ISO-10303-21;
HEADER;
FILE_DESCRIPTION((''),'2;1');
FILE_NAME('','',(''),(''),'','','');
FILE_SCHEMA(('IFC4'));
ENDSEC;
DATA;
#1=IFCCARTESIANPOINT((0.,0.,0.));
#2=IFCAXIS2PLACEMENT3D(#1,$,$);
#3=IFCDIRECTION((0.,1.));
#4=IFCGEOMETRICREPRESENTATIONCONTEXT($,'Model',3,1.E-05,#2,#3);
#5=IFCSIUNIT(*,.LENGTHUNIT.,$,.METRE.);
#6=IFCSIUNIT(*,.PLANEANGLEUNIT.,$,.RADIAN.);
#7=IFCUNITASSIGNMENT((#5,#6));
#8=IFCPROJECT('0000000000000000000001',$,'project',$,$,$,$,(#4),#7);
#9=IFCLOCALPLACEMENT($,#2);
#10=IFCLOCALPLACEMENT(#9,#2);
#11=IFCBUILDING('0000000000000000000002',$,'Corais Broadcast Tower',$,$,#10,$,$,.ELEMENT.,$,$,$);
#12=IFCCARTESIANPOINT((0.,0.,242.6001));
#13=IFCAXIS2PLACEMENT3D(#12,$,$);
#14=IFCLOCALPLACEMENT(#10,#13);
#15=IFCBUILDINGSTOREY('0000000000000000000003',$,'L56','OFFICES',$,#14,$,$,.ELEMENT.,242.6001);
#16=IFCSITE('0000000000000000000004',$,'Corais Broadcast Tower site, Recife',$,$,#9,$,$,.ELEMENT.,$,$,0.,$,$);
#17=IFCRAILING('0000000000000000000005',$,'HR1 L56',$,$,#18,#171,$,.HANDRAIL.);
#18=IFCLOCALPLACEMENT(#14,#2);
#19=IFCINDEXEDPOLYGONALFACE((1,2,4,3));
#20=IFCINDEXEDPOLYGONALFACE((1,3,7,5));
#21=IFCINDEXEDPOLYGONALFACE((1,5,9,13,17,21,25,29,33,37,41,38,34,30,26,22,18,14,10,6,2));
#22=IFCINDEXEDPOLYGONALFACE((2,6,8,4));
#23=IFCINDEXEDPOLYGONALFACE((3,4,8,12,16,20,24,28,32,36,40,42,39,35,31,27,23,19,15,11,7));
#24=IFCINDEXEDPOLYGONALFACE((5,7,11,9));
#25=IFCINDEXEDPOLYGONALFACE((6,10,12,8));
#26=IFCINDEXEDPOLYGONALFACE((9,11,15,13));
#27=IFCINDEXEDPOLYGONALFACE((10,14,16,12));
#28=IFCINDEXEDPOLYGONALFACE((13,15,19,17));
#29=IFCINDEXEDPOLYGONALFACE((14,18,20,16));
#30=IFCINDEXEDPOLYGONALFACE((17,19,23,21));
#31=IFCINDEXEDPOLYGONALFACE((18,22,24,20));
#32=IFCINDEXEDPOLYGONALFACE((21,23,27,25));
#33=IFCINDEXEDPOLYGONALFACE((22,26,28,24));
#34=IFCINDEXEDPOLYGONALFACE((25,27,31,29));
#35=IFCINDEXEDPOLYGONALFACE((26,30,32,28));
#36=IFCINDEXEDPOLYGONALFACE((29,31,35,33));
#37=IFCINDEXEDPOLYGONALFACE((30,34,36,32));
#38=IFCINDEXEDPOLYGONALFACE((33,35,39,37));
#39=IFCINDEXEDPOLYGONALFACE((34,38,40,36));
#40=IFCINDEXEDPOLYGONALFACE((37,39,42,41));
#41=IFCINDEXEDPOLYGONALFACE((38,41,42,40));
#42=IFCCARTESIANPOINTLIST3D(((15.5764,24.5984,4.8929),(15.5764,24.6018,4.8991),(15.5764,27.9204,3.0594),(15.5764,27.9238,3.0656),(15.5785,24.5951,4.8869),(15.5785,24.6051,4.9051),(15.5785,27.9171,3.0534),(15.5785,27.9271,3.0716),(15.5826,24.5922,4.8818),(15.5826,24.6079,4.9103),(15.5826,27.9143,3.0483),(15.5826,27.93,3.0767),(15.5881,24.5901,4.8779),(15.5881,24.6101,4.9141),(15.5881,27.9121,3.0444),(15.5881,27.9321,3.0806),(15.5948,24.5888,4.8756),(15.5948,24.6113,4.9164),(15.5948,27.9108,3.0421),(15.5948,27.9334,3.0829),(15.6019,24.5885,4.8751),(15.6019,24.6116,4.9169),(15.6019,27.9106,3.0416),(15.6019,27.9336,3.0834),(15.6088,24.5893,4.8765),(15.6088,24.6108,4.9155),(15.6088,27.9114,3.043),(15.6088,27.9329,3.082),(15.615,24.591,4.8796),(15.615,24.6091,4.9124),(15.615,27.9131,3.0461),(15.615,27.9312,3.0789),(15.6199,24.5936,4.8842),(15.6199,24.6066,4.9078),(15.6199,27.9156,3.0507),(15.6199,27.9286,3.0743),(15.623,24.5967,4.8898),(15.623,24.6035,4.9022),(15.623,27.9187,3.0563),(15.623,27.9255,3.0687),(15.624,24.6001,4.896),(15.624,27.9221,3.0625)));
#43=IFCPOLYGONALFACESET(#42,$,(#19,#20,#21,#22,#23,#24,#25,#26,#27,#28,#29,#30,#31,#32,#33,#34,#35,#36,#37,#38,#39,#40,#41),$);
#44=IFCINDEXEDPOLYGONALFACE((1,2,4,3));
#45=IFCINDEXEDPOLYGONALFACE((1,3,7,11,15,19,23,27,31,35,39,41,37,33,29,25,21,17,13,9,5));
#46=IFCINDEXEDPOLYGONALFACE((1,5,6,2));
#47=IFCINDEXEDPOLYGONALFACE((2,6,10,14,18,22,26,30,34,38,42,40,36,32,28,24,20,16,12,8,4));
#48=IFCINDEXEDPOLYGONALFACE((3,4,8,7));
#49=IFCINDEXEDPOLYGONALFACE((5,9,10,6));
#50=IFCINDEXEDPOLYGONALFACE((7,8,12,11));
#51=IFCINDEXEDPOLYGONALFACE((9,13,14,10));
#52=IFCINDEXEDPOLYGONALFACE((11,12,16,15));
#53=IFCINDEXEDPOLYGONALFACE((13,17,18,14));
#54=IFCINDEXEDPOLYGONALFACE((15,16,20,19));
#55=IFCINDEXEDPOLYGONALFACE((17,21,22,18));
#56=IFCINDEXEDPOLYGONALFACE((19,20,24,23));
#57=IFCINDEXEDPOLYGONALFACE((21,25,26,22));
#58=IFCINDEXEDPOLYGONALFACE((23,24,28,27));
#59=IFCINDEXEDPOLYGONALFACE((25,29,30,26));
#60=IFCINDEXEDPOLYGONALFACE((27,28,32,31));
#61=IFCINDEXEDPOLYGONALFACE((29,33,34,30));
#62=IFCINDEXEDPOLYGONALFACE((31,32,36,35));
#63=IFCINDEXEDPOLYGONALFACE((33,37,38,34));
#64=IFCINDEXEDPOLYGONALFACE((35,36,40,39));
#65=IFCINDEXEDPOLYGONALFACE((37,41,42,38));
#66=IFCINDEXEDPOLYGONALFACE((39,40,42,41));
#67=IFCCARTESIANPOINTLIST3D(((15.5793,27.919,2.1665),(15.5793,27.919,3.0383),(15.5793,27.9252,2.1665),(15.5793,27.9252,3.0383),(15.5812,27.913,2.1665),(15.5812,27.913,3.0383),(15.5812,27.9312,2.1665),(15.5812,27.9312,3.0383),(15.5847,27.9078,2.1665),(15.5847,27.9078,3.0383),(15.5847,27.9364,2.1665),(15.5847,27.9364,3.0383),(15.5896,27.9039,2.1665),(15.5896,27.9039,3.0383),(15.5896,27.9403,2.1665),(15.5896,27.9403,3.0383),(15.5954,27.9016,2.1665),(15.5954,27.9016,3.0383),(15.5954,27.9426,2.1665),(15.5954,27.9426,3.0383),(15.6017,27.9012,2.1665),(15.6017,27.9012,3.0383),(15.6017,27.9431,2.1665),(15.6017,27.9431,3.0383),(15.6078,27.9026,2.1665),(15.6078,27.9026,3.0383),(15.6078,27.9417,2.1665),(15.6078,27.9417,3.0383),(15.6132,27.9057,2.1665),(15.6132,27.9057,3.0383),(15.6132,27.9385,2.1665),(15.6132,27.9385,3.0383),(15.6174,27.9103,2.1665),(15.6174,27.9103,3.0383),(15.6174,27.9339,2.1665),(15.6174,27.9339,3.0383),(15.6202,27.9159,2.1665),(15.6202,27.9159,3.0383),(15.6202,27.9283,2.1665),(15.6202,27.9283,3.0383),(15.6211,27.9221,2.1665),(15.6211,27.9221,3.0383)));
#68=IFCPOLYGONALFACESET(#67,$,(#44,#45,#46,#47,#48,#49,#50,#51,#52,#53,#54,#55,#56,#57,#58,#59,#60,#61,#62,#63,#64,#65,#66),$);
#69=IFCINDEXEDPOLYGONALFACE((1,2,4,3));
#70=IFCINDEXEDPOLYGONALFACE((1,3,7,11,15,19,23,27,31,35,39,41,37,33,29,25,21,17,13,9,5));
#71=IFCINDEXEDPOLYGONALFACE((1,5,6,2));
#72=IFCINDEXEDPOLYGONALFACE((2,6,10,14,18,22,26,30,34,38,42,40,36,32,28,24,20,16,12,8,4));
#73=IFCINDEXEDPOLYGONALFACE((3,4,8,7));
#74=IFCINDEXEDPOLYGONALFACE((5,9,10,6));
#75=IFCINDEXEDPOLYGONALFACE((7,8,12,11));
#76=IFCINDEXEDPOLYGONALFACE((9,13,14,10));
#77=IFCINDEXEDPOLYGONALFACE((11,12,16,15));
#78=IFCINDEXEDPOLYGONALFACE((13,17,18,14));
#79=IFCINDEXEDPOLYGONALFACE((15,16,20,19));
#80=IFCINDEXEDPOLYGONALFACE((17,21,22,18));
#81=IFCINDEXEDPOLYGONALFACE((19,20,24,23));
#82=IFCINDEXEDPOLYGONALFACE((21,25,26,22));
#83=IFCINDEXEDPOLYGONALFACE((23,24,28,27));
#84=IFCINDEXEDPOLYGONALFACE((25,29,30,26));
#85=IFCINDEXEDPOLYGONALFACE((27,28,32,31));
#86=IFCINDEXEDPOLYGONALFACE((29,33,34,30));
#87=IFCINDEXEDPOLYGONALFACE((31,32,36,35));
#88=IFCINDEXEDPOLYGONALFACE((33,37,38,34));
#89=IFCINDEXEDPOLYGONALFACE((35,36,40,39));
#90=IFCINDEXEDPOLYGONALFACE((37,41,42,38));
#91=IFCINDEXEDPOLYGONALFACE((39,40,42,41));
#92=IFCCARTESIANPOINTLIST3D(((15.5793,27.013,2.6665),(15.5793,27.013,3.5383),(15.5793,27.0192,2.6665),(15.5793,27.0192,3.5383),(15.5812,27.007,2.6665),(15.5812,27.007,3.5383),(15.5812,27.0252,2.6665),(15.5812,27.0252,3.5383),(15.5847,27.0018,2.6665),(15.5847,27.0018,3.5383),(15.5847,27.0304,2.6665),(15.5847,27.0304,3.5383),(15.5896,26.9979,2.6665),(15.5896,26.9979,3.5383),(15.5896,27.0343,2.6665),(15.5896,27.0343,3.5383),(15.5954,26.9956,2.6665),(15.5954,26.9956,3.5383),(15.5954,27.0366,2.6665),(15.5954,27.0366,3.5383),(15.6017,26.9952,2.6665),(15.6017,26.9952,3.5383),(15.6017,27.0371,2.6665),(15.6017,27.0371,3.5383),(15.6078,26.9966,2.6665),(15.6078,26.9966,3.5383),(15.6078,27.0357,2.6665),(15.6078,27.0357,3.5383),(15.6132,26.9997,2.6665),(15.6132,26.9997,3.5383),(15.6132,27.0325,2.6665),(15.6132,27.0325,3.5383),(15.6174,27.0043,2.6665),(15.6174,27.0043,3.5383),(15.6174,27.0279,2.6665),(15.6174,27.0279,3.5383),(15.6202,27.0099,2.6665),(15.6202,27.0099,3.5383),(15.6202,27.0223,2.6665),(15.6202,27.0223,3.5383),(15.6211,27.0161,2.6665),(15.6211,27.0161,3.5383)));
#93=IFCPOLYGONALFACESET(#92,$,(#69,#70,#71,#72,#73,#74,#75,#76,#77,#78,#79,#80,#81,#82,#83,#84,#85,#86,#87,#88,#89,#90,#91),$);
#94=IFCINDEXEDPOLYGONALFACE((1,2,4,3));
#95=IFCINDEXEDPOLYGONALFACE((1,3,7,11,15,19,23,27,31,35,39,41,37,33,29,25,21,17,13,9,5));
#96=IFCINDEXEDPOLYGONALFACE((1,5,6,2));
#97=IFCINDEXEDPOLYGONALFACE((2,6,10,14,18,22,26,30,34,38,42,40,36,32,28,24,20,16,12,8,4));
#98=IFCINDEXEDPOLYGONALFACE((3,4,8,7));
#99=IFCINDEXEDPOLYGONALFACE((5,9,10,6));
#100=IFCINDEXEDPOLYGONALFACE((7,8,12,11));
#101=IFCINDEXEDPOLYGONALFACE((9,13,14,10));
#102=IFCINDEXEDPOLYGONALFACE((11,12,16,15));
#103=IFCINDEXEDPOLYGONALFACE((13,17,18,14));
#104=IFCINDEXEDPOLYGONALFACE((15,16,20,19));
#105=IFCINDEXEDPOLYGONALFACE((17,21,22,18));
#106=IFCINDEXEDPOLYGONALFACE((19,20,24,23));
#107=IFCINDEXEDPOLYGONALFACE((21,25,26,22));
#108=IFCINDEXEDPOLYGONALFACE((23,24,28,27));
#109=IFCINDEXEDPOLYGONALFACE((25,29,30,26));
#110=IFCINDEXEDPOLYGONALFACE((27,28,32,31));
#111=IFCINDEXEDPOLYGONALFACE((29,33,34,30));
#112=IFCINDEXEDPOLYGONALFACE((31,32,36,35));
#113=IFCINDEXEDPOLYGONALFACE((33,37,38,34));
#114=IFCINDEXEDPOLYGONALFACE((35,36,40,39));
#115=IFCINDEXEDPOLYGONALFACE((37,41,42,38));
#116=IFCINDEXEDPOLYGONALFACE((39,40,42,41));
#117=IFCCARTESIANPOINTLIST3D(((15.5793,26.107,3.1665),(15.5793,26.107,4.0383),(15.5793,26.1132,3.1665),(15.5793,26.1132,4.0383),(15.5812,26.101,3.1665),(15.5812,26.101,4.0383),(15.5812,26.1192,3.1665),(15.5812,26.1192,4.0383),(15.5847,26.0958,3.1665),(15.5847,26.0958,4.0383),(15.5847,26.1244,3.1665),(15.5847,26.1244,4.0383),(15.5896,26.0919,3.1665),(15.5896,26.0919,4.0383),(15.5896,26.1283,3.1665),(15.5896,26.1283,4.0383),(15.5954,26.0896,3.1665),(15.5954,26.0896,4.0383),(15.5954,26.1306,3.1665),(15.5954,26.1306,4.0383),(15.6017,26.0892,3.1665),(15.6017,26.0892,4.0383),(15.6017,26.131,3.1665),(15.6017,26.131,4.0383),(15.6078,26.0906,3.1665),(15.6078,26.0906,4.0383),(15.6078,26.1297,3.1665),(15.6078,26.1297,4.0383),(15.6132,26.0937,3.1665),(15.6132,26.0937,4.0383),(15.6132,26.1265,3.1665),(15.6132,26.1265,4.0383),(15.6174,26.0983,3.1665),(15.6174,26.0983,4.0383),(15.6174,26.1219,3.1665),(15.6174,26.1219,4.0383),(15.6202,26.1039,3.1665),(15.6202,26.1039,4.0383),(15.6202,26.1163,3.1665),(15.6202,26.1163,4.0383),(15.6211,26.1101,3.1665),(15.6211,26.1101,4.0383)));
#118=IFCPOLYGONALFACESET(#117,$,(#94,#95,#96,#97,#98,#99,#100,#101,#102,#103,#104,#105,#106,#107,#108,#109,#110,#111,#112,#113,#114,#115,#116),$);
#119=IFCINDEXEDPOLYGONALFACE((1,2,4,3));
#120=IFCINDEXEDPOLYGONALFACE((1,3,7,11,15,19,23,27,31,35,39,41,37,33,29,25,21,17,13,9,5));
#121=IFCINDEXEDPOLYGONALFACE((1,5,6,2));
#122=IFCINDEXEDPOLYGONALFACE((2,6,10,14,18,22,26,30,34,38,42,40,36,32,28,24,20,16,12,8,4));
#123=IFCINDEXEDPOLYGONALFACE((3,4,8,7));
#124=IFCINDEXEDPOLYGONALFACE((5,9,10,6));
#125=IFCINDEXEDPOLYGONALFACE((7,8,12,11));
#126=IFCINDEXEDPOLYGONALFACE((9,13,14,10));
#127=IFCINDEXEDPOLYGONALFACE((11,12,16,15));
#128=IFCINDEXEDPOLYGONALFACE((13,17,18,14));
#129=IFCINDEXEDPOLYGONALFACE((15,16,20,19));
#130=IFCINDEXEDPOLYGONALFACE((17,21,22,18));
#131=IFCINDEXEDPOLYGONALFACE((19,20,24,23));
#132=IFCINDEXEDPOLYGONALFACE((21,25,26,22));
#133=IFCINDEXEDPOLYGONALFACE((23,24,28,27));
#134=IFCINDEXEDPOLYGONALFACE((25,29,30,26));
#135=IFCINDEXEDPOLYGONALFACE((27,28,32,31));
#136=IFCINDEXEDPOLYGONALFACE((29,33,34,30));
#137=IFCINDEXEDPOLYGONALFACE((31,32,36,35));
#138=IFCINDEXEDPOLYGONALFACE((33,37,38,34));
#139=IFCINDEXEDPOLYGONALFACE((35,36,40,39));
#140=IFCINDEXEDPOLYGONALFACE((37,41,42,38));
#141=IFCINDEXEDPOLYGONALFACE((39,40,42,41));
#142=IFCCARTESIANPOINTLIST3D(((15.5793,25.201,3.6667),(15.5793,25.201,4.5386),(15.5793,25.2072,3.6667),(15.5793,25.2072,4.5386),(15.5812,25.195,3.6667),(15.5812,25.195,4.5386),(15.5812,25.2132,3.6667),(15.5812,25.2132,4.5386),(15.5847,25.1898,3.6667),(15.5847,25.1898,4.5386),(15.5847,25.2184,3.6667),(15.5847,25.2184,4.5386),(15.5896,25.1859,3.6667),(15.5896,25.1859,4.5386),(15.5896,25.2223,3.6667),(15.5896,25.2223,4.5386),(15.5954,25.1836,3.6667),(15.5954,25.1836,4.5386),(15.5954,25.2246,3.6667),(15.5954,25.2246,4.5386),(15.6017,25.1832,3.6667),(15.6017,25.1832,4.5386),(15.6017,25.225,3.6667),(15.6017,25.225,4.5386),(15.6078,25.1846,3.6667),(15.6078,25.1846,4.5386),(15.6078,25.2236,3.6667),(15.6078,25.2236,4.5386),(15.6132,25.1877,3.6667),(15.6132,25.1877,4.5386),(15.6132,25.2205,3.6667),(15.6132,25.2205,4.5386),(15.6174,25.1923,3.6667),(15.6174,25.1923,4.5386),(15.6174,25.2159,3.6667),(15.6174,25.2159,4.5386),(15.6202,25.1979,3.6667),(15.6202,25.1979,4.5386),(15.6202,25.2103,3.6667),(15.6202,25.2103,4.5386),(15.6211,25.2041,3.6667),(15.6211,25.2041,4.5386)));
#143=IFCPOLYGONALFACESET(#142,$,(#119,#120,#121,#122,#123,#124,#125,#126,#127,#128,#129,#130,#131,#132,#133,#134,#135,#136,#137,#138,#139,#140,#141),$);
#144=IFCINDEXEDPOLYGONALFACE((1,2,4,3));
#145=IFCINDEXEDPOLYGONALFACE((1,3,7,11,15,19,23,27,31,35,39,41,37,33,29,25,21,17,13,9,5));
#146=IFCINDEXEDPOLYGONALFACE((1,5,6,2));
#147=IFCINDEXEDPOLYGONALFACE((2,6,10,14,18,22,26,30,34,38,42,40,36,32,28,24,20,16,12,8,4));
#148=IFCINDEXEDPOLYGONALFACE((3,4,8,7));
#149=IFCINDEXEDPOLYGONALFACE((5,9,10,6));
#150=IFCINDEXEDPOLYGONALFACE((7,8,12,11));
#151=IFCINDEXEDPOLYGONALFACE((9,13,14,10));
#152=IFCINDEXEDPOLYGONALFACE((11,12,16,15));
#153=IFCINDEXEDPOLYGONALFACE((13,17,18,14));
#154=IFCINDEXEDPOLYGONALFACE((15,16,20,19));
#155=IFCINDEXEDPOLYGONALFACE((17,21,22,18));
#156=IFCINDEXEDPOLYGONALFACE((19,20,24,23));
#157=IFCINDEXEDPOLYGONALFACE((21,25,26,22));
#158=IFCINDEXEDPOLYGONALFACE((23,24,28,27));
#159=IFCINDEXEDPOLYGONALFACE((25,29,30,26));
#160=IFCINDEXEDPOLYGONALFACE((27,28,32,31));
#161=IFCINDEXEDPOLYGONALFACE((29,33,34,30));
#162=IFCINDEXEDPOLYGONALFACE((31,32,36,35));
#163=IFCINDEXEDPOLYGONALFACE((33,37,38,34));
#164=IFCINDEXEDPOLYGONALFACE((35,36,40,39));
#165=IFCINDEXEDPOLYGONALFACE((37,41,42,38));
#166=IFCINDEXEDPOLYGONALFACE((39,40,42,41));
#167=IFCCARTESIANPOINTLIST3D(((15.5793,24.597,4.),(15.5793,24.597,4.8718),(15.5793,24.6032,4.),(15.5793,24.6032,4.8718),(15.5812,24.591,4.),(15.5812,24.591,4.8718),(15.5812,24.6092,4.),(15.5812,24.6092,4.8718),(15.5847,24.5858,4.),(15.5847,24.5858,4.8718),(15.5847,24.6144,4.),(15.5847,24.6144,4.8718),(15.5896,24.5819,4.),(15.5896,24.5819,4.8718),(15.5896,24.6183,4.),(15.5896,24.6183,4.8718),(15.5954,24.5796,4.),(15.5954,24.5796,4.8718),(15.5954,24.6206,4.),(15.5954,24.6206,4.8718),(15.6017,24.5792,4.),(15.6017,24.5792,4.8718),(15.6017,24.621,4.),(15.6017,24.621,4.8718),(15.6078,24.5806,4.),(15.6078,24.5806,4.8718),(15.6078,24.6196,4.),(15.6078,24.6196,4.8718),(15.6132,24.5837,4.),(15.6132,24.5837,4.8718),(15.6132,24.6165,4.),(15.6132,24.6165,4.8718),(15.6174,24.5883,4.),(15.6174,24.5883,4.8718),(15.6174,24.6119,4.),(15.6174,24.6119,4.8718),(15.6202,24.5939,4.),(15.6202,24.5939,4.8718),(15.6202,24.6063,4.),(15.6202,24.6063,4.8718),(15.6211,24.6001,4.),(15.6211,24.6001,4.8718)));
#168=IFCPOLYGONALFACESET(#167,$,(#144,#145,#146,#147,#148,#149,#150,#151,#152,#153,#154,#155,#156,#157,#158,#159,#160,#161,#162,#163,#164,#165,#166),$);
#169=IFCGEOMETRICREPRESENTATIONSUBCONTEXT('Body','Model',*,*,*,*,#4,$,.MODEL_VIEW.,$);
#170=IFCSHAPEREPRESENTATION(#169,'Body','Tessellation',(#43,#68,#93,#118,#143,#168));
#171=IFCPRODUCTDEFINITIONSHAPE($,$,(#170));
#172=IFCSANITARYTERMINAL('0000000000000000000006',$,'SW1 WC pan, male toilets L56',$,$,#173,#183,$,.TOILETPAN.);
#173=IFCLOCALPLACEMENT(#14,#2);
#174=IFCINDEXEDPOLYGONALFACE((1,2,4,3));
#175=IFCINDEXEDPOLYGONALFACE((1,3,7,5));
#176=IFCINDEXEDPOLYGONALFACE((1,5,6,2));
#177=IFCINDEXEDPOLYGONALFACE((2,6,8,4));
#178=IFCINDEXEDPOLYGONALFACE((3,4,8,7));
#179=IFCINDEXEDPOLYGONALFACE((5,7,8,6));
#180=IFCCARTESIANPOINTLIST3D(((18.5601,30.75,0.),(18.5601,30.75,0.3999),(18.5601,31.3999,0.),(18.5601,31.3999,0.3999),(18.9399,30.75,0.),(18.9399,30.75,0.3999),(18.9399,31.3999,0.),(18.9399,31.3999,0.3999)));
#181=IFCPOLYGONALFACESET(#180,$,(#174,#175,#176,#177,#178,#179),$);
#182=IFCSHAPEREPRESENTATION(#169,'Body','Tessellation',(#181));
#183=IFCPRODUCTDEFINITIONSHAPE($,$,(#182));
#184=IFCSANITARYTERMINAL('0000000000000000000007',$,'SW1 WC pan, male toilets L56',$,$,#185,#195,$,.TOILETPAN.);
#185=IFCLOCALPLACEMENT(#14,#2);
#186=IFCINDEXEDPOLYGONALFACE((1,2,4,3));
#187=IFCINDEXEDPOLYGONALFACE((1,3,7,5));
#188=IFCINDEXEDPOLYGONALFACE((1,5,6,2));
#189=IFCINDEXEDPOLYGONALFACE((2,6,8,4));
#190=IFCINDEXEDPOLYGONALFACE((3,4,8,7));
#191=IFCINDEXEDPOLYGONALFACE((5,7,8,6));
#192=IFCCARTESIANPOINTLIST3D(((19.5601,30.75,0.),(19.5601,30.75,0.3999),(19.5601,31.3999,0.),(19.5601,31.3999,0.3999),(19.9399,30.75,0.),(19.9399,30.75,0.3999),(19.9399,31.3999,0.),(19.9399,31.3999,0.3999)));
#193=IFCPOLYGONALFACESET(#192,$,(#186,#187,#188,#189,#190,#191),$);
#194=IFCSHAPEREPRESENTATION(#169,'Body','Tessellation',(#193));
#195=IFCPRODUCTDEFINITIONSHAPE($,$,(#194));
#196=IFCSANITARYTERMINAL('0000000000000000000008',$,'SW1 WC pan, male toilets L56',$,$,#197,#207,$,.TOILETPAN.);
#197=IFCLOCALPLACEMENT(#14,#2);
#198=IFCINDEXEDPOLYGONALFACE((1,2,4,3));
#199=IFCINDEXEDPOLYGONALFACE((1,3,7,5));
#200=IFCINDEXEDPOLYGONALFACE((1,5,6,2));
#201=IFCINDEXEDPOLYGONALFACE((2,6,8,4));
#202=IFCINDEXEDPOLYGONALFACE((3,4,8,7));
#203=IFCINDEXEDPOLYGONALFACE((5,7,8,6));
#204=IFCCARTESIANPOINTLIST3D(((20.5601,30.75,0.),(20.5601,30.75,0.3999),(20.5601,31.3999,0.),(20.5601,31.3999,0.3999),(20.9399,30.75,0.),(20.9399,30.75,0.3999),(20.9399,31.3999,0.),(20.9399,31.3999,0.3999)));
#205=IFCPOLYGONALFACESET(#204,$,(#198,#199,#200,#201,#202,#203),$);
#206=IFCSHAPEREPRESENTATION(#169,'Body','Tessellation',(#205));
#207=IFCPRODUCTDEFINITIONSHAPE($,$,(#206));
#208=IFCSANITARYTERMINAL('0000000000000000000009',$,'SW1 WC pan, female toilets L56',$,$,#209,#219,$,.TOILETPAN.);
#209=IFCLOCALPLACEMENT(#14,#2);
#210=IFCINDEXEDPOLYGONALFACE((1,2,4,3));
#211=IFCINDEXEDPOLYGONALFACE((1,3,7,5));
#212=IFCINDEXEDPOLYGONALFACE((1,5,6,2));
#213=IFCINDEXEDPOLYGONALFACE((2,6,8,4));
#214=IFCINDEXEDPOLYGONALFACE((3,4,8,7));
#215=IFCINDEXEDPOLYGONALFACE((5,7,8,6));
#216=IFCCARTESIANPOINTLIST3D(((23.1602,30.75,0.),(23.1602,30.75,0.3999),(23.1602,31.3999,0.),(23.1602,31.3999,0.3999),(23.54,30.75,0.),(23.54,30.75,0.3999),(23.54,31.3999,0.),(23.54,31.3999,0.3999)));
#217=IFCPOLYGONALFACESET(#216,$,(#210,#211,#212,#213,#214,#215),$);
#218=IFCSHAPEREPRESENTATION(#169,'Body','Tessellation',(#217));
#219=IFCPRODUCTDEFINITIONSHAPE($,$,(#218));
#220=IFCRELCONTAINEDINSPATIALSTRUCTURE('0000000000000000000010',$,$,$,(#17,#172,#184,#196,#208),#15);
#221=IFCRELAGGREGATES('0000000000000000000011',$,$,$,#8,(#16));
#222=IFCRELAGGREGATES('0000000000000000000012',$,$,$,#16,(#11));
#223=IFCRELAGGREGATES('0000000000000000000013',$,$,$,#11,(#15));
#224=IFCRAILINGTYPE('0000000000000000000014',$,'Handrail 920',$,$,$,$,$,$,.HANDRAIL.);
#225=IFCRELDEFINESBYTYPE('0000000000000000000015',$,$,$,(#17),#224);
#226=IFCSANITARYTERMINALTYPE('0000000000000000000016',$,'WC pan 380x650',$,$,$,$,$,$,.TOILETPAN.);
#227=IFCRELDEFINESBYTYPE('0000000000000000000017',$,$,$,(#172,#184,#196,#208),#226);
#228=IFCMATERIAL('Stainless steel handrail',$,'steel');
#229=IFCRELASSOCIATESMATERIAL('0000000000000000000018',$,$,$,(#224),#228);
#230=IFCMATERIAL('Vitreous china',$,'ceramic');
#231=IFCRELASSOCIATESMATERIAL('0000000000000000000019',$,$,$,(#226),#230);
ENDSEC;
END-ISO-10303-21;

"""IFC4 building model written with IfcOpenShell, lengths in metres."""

from ifc_helpers import new_model, si_unit, direction, frame, origin, origin_2d, place, context, subcontext, project, spatial, rectangle, circle, extrude, material, type_object, element, save


model = new_model("IFC4")

# Units and contexts
model_context = context("Model", 3, precision=1e-05, world=origin(), true_north=direction((0.0, 1.0)))
body_context = subcontext(model_context, "Body", "Model", "MODEL_VIEW")
ifc_project = project(units=[si_unit("LENGTHUNIT", "METRE"), si_unit("PLANEANGLEUNIT", "RADIAN")], contexts=[model_context])

# Site, building, storey
site_placement = place(None, origin())
site = spatial("IfcSite", under=ifc_project, at=site_placement, Name="Corais Broadcast Tower site, Recife", CompositionType="ELEMENT", RefElevation=0.0)
building_placement = place(site_placement, origin())
building = spatial("IfcBuilding", under=site, at=building_placement, Name="Corais Broadcast Tower", CompositionType="ELEMENT")
storey_placement = place(building_placement, frame((0.0, 0.0, 242.6001)))
storey = spatial("IfcBuildingStorey", under=building, at=storey_placement, Name="L56", Description="OFFICES", CompositionType="ELEMENT", Elevation=242.6001)

# Railing
ifc_material_1 = material(Name="Stainless steel handrail", Category="steel")
railing_type = type_object("IfcRailingType", Name="Handrail 920", PredefinedType="HANDRAIL", material=ifc_material_1)
railing_1_placement = place(storey_placement, frame((15.6001, 27.9221, 2.1665)))
element("IfcRailing", 1, at=railing_1_placement, inside=storey, type_object=railing_type, Name="HR1 L56", PredefinedType="HANDRAIL", context=body_context, shape_type="SweptSolid", body=[
    extrude(circle(Radius=0.0239, at=origin_2d()), frame((0.0, 0.0, 0.896), z_axis=(0.0, -0.875504, 0.48321), x_axis=(1.0, 0.0, 0.0)), (0.0, 0.0, 1.0), 3.7944),
    extrude(circle(Radius=0.021, at=origin_2d()), origin(), (0.0, 0.0, 1.0), 0.8718),
    extrude(circle(Radius=0.021, at=origin_2d()), frame((0.0, -0.906, 0.5)), (0.0, 0.0, 1.0), 0.8718),
    extrude(circle(Radius=0.021, at=origin_2d()), frame((0.0, -1.812, 1.0)), (0.0, 0.0, 1.0), 0.8718),
    extrude(circle(Radius=0.021, at=origin_2d()), frame((0.0, -2.718, 1.5002)), (0.0, 0.0, 1.0), 0.8718),
    extrude(circle(Radius=0.021, at=origin_2d()), frame((0.0, -3.322, 1.8335)), (0.0, 0.0, 1.0), 0.8718),
])

# Sanitary terminals
ifc_material_2 = material(Name="Vitreous china", Category="ceramic")
sanitary_terminal_type_1 = type_object("IfcSanitaryTerminalType", Name="WC pan 380x650", PredefinedType="TOILETPAN", material=ifc_material_2)
for number, where, z_axis, x_axis, name in (
    (2, (18.75, 31.075, 0.0), (0.0, 0.0, 1.0), (1.0, 0.0, 0.0), "SW1 WC pan, male toilets L56"),
    (3, (19.75, 31.075, 0.0), (0.0, 0.0, 1.0), (1.0, 0.0, 0.0), "SW1 WC pan, male toilets L56"),
    (4, (20.75, 31.075, 0.0), (0.0, 0.0, 1.0), (1.0, 0.0, 0.0), "SW1 WC pan, male toilets L56"),
    (5, (23.3501, 31.075, 0.0), (0.0, 0.0, 1.0), (1.0, 0.0, 0.0), "SW1 WC pan, female toilets L56"),
):
    element("IfcSanitaryTerminal", number, at=place(storey_placement, frame(where, z_axis=z_axis, x_axis=x_axis)), inside=storey, type_object=sanitary_terminal_type_1, Name=name, PredefinedType="TOILETPAN", context=body_context, shape_type="SweptSolid", body=[
        extrude(rectangle(XDim=0.3799, YDim=0.6499, at=origin_2d()), origin(), (0.0, 0.0, 1.0), 0.3999),
    ])

save(model, "model.ifc")
